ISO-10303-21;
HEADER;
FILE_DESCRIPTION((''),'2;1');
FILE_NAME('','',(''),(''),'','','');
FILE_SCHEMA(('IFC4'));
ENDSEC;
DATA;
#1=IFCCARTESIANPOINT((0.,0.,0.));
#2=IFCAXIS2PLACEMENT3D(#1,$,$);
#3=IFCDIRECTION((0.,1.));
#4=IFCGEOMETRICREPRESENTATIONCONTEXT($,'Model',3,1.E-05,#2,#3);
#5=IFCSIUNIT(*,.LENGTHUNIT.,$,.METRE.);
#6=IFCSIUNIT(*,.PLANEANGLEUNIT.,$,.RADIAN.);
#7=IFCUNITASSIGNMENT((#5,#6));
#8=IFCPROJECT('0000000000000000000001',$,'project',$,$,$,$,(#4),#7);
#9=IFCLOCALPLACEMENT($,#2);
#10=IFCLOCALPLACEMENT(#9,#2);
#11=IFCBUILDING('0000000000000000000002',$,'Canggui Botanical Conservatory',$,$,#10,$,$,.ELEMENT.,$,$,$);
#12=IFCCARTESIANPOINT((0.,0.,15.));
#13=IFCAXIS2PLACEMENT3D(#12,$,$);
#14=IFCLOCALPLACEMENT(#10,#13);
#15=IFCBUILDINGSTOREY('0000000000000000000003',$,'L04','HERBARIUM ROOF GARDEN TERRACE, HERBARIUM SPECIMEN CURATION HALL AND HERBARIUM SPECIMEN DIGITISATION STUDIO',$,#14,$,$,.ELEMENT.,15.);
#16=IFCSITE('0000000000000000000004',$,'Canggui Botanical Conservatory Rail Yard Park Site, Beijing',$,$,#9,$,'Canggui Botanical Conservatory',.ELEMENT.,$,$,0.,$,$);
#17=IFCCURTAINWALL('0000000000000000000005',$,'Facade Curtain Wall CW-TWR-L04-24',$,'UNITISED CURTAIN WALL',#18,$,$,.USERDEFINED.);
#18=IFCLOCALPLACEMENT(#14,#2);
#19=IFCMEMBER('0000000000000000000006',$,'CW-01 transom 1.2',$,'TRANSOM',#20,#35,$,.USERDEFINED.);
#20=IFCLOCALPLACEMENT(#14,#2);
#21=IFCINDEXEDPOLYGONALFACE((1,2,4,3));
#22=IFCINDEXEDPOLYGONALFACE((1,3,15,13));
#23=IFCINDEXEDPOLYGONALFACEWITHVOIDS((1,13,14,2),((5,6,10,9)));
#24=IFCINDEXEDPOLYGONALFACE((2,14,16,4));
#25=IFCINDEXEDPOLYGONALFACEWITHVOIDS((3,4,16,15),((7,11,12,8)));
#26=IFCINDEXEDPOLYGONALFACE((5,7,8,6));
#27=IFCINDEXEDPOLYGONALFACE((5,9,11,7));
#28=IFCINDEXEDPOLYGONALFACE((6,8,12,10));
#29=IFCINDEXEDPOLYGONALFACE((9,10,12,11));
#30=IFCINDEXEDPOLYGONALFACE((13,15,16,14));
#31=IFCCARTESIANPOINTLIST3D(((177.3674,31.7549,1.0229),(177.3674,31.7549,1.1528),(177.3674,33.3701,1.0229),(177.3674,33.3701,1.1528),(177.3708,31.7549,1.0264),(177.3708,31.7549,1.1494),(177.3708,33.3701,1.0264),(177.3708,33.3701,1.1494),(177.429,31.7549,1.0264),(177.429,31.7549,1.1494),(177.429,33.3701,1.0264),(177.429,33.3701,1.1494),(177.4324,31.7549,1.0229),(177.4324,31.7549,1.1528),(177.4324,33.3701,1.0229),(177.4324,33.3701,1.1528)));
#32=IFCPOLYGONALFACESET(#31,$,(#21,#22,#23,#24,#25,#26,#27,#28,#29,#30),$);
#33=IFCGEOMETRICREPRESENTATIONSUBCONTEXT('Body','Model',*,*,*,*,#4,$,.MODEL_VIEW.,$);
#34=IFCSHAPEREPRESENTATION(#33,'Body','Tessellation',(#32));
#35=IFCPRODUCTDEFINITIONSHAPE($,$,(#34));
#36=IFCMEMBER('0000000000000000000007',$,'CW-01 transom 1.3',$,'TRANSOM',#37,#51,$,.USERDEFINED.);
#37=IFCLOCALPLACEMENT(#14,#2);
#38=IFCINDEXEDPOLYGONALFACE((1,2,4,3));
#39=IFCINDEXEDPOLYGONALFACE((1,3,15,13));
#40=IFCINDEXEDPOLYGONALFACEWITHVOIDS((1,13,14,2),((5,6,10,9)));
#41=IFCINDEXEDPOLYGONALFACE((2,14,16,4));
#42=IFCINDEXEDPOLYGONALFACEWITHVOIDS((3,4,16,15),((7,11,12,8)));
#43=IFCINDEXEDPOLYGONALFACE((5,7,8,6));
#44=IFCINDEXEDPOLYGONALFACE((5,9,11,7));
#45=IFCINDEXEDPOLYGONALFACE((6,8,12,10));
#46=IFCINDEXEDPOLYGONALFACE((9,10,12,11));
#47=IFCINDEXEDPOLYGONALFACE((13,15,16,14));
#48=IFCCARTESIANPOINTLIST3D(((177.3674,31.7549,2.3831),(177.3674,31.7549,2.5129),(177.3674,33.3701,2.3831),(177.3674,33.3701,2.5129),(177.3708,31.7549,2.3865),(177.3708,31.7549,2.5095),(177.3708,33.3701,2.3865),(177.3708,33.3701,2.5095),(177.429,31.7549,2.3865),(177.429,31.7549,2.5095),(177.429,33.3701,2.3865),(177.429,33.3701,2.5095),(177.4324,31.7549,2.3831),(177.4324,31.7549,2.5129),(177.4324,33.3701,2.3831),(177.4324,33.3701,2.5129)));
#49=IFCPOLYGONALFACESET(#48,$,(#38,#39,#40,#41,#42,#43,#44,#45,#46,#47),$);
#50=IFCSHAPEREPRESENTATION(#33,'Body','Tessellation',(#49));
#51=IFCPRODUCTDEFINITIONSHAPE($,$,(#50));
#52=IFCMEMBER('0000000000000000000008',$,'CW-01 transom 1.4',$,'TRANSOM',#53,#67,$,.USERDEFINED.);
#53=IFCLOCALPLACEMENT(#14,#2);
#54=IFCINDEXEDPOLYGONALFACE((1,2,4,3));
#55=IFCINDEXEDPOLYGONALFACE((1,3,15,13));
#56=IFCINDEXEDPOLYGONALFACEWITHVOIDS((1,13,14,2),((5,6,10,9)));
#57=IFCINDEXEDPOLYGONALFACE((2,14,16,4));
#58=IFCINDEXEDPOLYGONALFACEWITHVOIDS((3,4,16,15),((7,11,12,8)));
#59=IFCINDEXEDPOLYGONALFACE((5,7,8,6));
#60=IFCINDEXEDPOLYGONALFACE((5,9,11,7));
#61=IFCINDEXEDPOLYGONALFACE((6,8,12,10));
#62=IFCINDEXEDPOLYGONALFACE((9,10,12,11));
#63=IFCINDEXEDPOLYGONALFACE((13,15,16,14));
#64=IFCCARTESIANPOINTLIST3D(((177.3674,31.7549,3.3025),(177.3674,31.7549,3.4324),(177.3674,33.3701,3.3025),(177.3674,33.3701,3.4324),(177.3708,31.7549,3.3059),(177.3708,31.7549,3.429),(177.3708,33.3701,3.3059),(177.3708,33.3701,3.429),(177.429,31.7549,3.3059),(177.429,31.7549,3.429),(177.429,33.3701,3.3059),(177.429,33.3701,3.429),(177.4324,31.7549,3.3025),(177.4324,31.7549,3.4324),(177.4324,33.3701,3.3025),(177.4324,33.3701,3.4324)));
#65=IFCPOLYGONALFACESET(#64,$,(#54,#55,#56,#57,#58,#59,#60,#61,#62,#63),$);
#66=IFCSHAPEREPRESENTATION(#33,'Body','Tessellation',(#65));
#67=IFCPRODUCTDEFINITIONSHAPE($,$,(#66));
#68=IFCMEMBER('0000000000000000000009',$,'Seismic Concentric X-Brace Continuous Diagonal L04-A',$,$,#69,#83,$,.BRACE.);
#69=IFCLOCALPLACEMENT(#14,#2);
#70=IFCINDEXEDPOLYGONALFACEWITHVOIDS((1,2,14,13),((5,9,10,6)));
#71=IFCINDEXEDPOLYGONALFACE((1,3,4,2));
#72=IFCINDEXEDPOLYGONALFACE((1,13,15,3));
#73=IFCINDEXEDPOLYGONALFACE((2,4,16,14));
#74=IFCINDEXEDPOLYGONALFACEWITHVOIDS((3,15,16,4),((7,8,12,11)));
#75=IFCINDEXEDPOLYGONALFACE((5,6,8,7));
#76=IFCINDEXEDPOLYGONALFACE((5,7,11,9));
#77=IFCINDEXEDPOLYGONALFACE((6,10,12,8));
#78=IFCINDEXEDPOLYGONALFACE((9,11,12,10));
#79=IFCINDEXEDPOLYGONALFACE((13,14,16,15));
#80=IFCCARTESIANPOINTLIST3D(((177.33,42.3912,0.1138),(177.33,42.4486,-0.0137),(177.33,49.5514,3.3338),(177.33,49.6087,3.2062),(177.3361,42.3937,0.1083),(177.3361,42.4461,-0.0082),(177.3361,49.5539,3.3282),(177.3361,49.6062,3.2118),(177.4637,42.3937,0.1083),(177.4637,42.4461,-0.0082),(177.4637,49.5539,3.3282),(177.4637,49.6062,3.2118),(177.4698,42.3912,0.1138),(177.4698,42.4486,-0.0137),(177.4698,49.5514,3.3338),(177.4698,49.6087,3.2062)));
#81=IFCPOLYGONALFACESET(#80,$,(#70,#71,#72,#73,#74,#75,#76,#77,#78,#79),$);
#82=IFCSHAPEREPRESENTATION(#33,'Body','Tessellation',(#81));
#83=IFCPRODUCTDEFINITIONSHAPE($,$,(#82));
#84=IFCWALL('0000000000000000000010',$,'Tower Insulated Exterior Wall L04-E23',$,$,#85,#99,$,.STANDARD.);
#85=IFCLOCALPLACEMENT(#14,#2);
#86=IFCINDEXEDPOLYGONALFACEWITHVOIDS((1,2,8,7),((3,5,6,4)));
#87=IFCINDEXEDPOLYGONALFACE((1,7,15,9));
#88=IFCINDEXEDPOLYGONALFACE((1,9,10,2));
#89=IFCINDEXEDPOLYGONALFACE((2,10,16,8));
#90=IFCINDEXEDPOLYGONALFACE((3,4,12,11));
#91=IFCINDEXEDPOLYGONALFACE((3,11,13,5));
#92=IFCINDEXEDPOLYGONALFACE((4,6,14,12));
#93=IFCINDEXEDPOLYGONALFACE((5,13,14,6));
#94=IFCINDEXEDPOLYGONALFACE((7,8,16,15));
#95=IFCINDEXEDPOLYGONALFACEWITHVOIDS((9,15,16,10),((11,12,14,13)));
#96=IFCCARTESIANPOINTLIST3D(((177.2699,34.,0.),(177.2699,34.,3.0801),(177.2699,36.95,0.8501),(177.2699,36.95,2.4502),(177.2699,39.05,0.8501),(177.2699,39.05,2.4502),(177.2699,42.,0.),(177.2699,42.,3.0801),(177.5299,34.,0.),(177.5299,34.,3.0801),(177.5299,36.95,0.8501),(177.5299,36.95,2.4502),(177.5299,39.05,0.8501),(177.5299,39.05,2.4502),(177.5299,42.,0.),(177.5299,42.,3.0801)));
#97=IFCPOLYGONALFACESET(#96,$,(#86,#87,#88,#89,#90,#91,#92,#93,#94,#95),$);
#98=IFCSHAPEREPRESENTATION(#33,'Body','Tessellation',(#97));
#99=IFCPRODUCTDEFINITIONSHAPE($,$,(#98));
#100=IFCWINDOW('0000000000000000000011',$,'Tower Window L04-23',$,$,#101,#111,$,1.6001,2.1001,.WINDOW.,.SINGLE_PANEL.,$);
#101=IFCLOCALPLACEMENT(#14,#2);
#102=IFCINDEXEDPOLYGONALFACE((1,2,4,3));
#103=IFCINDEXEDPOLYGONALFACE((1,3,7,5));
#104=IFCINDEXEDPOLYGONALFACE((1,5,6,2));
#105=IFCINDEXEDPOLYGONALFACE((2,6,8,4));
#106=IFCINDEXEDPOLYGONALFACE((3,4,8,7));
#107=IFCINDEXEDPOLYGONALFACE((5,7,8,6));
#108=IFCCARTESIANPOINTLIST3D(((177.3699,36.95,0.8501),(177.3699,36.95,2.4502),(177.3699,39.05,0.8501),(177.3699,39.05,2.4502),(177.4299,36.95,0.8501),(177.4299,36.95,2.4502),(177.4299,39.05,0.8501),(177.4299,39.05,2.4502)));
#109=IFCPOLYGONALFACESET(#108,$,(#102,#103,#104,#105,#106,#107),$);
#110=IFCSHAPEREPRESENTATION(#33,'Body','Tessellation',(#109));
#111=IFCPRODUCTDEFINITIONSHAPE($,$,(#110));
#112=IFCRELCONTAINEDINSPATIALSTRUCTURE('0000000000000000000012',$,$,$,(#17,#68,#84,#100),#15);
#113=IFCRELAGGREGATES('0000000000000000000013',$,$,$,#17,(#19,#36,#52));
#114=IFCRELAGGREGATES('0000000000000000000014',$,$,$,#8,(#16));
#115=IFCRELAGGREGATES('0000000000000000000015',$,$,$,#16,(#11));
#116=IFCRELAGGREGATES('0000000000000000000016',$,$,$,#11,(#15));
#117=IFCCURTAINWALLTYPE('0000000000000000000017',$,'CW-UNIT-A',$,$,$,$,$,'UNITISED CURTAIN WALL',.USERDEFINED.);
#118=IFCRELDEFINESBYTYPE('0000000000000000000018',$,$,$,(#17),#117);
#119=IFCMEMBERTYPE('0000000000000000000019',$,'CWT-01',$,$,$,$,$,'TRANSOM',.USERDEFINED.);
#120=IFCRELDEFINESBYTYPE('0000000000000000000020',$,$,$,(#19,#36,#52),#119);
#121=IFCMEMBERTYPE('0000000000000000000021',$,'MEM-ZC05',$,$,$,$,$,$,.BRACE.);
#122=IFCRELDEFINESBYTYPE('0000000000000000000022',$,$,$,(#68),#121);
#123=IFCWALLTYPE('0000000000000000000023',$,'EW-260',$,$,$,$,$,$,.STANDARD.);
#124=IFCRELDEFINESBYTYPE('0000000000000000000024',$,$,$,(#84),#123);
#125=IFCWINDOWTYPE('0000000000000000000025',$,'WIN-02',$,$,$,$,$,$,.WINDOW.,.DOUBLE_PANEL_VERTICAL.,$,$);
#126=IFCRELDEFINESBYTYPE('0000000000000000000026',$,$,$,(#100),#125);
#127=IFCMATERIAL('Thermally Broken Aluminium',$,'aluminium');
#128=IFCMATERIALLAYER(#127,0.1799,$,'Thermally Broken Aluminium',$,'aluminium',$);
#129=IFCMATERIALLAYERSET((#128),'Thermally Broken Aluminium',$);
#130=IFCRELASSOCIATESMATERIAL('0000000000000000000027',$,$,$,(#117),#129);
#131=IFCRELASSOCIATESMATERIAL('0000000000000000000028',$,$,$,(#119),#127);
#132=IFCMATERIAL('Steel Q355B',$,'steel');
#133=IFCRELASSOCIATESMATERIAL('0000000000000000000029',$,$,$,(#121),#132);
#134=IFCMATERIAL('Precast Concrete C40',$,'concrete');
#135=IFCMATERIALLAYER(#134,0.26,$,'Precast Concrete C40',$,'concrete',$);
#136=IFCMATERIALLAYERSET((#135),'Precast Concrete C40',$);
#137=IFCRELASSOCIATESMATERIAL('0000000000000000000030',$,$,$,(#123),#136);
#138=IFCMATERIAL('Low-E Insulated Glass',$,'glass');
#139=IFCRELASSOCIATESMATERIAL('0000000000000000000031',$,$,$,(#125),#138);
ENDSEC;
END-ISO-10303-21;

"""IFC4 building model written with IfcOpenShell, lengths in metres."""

from ifc_helpers import new_model, si_unit, direction, frame, frame_2d, origin, origin_2d, place, context, subcontext, project, spatial, rectangle, hollow_rectangle, extrude, material, layer, layer_set, material_profile, profile_set, type_object, element, fill, aggregate, save


model = new_model("IFC4")

# Units and contexts
model_context = context("Model", 3, precision=1e-05, world=origin(), true_north=direction((0.0, 1.0)))
body_context = subcontext(model_context, "Body", "Model", "MODEL_VIEW")
ifc_project = project(units=[si_unit("LENGTHUNIT", "METRE"), si_unit("PLANEANGLEUNIT", "RADIAN")], contexts=[model_context])

# Site, building, storey
site_placement = place(None, origin())
site = spatial("IfcSite", under=ifc_project, at=site_placement, Name="Canggui Botanical Conservatory Rail Yard Park Site, Beijing", LongName="Canggui Botanical Conservatory", CompositionType="ELEMENT", RefElevation=0.0)
building_placement = place(site_placement, origin())
building = spatial("IfcBuilding", under=site, at=building_placement, Name="Canggui Botanical Conservatory", CompositionType="ELEMENT")
storey_placement = place(building_placement, frame((0.0, 0.0, 15.0)))
storey = spatial("IfcBuildingStorey", under=building, at=storey_placement, Name="L04", Description="HERBARIUM ROOF GARDEN TERRACE, HERBARIUM SPECIMEN CURATION HALL AND HERBARIUM SPECIMEN DIGITISATION STUDIO", CompositionType="ELEMENT", Elevation=15.0)

# Curtain wall, members
ifc_material_1 = material(Name="Thermally Broken Aluminium", Category="aluminium")
ifc_layer_1 = layer(ifc_material_1, 0.1799, Name="Thermally Broken Aluminium", Category="aluminium")
ifc_layer_set_1 = layer_set([ifc_layer_1], Name="Thermally Broken Aluminium")
curtain_wall_type = type_object("IfcCurtainWallType", Name="CW-UNIT-A", ElementType="UNITISED CURTAIN WALL", PredefinedType="USERDEFINED", material=ifc_layer_set_1)
curtain_wall_placement = place(storey_placement, origin())
curtain_wall = element("IfcCurtainWall", 1, at=curtain_wall_placement, inside=storey, type_object=curtain_wall_type, Name="Facade Curtain Wall CW-TWR-L04-24", ObjectType="UNITISED CURTAIN WALL", PredefinedType="USERDEFINED")
ifc_material_profile_1 = material_profile(ifc_material_1, hollow_rectangle(XDim=0.0649, YDim=0.1299, WallThickness=0.0034, at=origin_2d()), Name="CWT 65x130x3.5")
ifc_profile_set_1 = profile_set([ifc_material_profile_1], Name="Thermally Broken Aluminium")
member_type_1 = type_object("IfcMemberType", Name="CWT-01", ElementType="TRANSOM", PredefinedType="USERDEFINED", material=ifc_profile_set_1)
member_1_placement = place(storey_placement, frame((177.3999, 33.3701, 1.0879), z_axis=(0.0, -1.0, 0.0), x_axis=(1.0, 0.0, 0.0)))
member_1 = element("IfcMember", 2, at=member_1_placement, type_object=member_type_1, Name="CW-01 transom 1.2", ObjectType="TRANSOM", PredefinedType="USERDEFINED", context=body_context, shape_type="SweptSolid", body=[
    extrude(hollow_rectangle(XDim=0.0649, YDim=0.1299, WallThickness=0.0034, at=origin_2d()), origin(), (0.0, 0.0, 1.0), 1.6152),
])
member_2_placement = place(storey_placement, frame((177.3999, 33.3701, 2.448), z_axis=(0.0, -1.0, 0.0), x_axis=(1.0, 0.0, 0.0)))
member_2 = element("IfcMember", 3, at=member_2_placement, type_object=member_type_1, Name="CW-01 transom 1.3", ObjectType="TRANSOM", PredefinedType="USERDEFINED", context=body_context, shape_type="SweptSolid", body=[
    extrude(hollow_rectangle(XDim=0.0649, YDim=0.1299, WallThickness=0.0034, at=origin_2d()), origin(), (0.0, 0.0, 1.0), 1.6152),
])
member_3_placement = place(storey_placement, frame((177.3999, 33.3701, 3.3674), z_axis=(0.0, -1.0, 0.0), x_axis=(1.0, 0.0, 0.0)))
member_3 = element("IfcMember", 4, at=member_3_placement, type_object=member_type_1, Name="CW-01 transom 1.4", ObjectType="TRANSOM", PredefinedType="USERDEFINED", context=body_context, shape_type="SweptSolid", body=[
    extrude(hollow_rectangle(XDim=0.0649, YDim=0.1299, WallThickness=0.0034, at=origin_2d()), origin(), (0.0, 0.0, 1.0), 1.6152),
])
aggregate(curtain_wall, [member_1, member_2, member_3])

# Member
ifc_material_2 = material(Name="Steel Q355B", Category="steel")
ifc_material_profile_2 = material_profile(ifc_material_2, hollow_rectangle(XDim=0.1399, YDim=0.1399, WallThickness=0.0061, at=origin_2d()), Name="SHS 140x140x6")
ifc_profile_set_2 = profile_set([ifc_material_profile_2], Name="Steel Q355B")
member_type_2 = type_object("IfcMemberType", Name="MEM-ZC05", PredefinedType="BRACE", material=ifc_profile_set_2)
member_4_placement = place(storey_placement, frame((177.3999, 42.4199, 0.05), z_axis=(0.0, 0.912022, 0.410142), x_axis=(-1.0, 0.0, 0.0)))
element("IfcMember", 5, at=member_4_placement, inside=storey, type_object=member_type_2, Name="Seismic Concentric X-Brace Continuous Diagonal L04-A", PredefinedType="BRACE", context=body_context, shape_type="SweptSolid", body=[
    extrude(hollow_rectangle(XDim=0.1399, YDim=0.1399, WallThickness=0.0061, at=origin_2d()), origin(), (0.0, 0.0, 1.0), 7.8508),
])

# Wall, opening, window
ifc_material_3 = material(Name="Precast Concrete C40", Category="concrete")
ifc_layer_2 = layer(ifc_material_3, 0.26, Name="Precast Concrete C40", Category="concrete")
ifc_layer_set_2 = layer_set([ifc_layer_2], Name="Precast Concrete C40")
wall_type = type_object("IfcWallType", Name="EW-260", PredefinedType="STANDARD", material=ifc_layer_set_2)
wall_placement = place(storey_placement, frame((177.3999, 42.0, 0.0), z_axis=(0.0, 0.0, 1.0), x_axis=(0.0, -1.0, 0.0)))
wall = element("IfcWall", 6, at=wall_placement, inside=storey, type_object=wall_type, Name="Tower Insulated Exterior Wall L04-E23", PredefinedType="STANDARD", context=body_context, shape_type="SweptSolid", body=[
    extrude(rectangle(XDim=8.0, YDim=0.26, at=frame_2d((4.0, 0.0))), origin(), (0.0, 0.0, 1.0), 3.0801),
])
opening_placement = place(wall_placement, frame((2.95, 0.0, 0.8501)))
opening = element("IfcOpeningElement", 7, at=opening_placement, cuts=wall, PredefinedType="OPENING", context=body_context, shape_type="SweptSolid", body=[
    extrude(rectangle(XDim=2.1001, YDim=1.6001, at=frame_2d((1.05, 0.8))), frame((0.0, 0.1401, 0.0), z_axis=(0.0, -1.0, 0.0), x_axis=(1.0, 0.0, 0.0)), (0.0, 0.0, 1.0), 0.28),
])
ifc_material_4 = material(Name="Low-E Insulated Glass", Category="glass")
window_type = type_object("IfcWindowType", Name="WIN-02", PartitioningType="DOUBLE_PANEL_VERTICAL", PredefinedType="WINDOW", material=ifc_material_4)
window_placement = place(opening_placement, origin())
window = element("IfcWindow", 8, at=window_placement, inside=storey, type_object=window_type, Name="Tower Window L04-23", OverallHeight=1.6001, OverallWidth=2.1001, PartitioningType="SINGLE_PANEL", PredefinedType="WINDOW", context=body_context, shape_type="SweptSolid", body=[
    extrude(rectangle(XDim=2.1001, YDim=1.6001, at=frame_2d((1.05, 0.8))), frame((0.0, 0.03, 0.0), z_axis=(0.0, -1.0, 0.0), x_axis=(1.0, 0.0, 0.0)), (0.0, 0.0, 1.0), 0.0601),
])
fill(opening, window)

save(model, "model.ifc")
